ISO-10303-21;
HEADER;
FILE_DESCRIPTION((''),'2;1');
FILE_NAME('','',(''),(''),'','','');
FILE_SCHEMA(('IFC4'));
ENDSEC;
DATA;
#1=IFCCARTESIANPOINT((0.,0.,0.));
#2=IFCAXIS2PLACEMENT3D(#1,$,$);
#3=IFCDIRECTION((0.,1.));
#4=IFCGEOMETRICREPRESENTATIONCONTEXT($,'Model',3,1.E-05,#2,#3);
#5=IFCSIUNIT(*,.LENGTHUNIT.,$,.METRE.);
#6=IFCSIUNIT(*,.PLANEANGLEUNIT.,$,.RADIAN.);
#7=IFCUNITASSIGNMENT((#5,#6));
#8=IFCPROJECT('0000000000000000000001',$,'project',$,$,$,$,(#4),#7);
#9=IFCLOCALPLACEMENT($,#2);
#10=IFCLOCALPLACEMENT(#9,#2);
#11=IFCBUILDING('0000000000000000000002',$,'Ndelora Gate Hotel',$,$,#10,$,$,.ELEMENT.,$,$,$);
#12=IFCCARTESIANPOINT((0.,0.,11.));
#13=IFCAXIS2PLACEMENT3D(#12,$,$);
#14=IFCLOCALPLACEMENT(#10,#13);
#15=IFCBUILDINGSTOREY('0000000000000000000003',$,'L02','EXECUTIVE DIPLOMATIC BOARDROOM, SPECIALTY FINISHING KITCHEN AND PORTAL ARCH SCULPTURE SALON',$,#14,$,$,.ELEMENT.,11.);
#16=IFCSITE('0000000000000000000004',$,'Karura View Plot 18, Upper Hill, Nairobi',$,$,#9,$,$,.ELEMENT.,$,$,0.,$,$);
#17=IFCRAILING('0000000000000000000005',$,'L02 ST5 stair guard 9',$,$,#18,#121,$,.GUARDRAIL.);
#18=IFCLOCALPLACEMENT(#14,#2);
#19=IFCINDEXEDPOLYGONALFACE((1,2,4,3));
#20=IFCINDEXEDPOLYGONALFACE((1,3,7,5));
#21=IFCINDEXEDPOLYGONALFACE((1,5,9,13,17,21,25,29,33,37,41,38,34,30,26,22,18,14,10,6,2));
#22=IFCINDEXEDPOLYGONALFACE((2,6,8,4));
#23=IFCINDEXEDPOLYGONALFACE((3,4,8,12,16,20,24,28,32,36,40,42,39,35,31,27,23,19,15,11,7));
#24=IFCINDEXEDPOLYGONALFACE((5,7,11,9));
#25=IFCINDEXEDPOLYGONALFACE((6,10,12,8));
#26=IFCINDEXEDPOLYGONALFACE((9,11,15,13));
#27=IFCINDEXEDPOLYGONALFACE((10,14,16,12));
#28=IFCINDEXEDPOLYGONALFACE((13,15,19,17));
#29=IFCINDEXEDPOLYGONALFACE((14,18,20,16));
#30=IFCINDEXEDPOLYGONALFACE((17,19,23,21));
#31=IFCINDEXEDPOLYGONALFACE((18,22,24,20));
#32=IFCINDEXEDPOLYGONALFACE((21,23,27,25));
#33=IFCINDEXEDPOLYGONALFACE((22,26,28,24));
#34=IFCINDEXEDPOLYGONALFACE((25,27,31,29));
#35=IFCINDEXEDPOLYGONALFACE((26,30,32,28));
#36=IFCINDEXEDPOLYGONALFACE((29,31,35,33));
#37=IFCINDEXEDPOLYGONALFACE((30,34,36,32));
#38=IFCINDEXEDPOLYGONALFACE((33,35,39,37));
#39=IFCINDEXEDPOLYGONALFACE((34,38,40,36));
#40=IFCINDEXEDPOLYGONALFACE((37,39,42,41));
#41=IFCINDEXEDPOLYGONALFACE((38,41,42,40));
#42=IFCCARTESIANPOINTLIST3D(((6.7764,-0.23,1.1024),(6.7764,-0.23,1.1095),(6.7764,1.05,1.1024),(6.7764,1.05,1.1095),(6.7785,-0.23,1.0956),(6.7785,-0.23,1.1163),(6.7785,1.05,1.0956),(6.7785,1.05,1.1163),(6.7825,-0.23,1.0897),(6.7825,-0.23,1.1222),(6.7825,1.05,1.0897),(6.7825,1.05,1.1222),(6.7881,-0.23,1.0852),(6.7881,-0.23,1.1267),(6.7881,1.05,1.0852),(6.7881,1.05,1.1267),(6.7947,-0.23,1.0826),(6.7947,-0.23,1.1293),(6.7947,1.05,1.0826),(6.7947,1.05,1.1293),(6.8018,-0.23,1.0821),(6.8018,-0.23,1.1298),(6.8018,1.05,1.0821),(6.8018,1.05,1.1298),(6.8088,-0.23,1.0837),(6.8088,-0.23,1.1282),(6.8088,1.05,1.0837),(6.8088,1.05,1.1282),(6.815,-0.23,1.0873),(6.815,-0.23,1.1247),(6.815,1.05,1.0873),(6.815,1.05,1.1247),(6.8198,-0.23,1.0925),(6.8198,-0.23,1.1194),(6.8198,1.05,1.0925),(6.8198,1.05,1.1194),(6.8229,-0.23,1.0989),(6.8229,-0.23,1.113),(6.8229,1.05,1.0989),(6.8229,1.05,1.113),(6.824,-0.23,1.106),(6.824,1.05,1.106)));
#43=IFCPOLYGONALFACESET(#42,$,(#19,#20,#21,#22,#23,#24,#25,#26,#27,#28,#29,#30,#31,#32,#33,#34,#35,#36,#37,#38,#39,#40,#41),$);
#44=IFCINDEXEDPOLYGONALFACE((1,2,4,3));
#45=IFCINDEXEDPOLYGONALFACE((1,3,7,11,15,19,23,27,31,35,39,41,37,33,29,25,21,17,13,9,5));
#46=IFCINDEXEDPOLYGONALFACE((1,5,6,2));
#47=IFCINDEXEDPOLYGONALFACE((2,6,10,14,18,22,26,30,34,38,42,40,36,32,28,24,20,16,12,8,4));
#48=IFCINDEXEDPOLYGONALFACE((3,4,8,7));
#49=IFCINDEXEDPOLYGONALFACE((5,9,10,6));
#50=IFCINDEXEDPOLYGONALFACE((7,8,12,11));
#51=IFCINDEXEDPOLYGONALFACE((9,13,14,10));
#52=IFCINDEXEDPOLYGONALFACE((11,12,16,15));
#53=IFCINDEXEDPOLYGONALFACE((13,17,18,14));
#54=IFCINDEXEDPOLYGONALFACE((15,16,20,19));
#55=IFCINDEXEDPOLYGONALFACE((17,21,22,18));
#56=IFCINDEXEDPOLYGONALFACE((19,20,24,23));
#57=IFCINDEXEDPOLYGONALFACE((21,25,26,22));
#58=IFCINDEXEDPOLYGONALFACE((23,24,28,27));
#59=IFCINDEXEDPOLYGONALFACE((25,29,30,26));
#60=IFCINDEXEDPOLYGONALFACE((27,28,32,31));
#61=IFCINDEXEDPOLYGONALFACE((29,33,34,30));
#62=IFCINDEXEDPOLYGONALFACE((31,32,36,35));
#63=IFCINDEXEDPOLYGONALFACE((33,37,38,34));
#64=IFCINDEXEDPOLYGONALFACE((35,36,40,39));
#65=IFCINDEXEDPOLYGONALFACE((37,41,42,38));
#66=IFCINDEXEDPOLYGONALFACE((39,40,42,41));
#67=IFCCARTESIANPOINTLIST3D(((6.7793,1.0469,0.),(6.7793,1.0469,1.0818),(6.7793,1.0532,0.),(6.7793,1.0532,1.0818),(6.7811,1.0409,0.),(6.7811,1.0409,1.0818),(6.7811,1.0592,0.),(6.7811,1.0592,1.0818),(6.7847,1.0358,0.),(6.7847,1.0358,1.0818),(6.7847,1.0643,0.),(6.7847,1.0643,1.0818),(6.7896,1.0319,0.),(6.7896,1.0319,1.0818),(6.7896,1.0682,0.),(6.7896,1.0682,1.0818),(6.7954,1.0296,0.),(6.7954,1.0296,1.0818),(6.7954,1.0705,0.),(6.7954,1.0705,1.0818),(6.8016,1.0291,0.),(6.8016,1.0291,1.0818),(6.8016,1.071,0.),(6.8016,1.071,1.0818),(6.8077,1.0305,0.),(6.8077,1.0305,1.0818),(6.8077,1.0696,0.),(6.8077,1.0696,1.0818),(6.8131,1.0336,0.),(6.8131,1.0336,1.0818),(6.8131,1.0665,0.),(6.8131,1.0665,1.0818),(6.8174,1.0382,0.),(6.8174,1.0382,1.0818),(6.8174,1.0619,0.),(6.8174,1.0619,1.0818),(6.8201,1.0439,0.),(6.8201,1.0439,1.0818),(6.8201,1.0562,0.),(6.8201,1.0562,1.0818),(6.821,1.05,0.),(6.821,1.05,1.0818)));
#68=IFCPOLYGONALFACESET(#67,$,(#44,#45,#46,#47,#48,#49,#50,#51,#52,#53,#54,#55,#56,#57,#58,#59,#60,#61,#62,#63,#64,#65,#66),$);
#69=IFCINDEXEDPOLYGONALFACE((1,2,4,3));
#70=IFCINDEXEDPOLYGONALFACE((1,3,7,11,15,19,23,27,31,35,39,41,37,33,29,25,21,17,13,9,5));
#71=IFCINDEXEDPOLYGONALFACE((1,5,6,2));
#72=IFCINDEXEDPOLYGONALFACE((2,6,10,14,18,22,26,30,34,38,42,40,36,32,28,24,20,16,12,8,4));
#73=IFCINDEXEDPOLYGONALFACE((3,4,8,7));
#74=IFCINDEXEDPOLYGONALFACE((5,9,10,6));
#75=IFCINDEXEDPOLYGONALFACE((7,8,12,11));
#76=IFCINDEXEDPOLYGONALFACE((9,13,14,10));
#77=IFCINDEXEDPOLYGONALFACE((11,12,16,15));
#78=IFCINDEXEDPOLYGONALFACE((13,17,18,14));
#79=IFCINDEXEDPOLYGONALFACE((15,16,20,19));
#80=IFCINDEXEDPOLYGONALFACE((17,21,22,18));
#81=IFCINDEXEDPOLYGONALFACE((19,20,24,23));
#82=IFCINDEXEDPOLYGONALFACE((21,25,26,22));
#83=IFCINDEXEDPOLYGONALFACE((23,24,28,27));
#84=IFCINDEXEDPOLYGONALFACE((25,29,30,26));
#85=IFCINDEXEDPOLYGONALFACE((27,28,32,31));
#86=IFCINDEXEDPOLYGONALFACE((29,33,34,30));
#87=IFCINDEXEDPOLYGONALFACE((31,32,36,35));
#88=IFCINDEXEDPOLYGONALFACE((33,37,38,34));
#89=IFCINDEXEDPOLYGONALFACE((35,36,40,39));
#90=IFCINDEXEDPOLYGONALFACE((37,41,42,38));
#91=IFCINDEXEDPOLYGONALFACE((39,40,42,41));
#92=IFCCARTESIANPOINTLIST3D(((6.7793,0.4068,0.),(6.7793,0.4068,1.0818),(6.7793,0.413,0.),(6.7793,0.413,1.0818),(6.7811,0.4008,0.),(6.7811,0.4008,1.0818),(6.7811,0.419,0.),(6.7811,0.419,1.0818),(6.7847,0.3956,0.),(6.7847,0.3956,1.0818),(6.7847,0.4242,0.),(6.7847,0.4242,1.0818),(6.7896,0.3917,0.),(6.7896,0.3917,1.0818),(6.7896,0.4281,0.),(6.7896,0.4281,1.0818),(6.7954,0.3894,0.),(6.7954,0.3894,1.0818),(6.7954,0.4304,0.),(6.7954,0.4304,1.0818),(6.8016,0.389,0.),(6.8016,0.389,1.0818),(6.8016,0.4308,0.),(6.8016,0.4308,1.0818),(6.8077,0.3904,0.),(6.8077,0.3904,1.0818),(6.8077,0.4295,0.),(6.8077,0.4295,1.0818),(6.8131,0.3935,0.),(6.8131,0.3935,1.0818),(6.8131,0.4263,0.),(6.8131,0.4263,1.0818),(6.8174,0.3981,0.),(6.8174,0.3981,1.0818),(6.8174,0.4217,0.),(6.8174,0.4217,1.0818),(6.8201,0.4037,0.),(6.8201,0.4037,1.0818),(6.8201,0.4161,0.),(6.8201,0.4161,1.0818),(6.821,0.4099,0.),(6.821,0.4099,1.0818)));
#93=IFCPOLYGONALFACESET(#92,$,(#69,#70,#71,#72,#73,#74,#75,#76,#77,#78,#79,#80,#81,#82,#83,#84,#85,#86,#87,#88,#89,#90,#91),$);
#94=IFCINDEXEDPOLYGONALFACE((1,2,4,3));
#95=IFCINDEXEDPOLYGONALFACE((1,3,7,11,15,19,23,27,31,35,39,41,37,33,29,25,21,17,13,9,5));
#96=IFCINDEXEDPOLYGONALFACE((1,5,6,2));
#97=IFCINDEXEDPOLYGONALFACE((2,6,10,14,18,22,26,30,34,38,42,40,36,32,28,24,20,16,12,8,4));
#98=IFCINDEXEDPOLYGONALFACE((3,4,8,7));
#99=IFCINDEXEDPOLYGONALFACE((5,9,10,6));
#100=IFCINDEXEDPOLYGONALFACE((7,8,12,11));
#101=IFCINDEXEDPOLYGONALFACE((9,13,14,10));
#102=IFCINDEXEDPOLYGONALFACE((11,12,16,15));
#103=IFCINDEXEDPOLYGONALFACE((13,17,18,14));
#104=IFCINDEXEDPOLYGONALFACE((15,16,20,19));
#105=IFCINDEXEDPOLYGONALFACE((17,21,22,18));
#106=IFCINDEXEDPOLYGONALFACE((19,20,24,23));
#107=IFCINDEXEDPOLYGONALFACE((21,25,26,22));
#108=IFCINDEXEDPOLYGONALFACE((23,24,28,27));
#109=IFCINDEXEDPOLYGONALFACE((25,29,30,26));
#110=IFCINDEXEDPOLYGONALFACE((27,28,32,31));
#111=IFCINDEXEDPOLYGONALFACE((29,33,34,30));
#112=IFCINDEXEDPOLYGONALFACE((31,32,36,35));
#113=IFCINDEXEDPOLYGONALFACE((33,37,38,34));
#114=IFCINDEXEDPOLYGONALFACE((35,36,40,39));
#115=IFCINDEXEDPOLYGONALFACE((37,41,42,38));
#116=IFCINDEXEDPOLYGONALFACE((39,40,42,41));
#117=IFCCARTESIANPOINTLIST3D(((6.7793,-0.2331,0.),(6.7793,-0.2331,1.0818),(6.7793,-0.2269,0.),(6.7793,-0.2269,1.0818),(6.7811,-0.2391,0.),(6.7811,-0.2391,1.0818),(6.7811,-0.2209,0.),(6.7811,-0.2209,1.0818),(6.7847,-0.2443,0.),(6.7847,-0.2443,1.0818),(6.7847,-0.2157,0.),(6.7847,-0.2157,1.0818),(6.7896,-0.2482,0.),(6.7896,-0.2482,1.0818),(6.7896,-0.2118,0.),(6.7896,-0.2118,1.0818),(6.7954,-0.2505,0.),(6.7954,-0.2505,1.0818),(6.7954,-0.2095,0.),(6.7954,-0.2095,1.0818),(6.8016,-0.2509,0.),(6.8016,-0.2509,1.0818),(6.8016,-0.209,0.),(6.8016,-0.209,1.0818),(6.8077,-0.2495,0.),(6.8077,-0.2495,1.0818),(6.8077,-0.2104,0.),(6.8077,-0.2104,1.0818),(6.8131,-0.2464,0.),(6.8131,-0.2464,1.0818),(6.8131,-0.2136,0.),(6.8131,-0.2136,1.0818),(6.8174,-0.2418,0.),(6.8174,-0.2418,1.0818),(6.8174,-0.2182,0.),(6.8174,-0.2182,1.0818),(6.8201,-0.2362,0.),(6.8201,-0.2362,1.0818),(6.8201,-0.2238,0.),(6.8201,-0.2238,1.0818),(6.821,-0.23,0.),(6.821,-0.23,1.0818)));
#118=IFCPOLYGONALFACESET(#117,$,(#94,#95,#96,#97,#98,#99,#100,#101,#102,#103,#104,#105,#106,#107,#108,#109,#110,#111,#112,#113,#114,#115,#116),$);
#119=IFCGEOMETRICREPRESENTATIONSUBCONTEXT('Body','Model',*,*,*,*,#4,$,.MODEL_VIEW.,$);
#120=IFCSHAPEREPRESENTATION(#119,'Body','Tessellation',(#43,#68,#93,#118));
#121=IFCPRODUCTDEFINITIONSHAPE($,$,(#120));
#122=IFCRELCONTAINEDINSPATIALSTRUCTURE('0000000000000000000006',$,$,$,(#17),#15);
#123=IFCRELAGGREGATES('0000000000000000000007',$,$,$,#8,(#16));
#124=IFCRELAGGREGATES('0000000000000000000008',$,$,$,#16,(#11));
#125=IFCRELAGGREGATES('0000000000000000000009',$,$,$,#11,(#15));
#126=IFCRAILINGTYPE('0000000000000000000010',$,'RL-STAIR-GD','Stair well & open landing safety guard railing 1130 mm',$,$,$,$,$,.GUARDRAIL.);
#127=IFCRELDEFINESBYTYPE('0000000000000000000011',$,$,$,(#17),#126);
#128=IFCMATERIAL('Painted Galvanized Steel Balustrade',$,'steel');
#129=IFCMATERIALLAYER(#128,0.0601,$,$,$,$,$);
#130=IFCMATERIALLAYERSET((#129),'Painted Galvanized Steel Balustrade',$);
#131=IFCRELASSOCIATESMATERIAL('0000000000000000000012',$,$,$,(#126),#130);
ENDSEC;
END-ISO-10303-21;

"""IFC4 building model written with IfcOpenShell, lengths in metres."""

from ifc_helpers import new_model, si_unit, direction, frame, origin, origin_2d, place, context, subcontext, project, spatial, circle, extrude, material, layer, layer_set, type_object, element, save


model = new_model("IFC4")

# Units and contexts
model_context = context("Model", 3, precision=1e-05, world=origin(), true_north=direction((0.0, 1.0)))
body_context = subcontext(model_context, "Body", "Model", "MODEL_VIEW")
ifc_project = project(units=[si_unit("LENGTHUNIT", "METRE"), si_unit("PLANEANGLEUNIT", "RADIAN")], contexts=[model_context])

# Site, building, storey
site_placement = place(None, origin())
site = spatial("IfcSite", under=ifc_project, at=site_placement, Name="Karura View Plot 18, Upper Hill, Nairobi", CompositionType="ELEMENT", RefElevation=0.0)
building_placement = place(site_placement, origin())
building = spatial("IfcBuilding", under=site, at=building_placement, Name="Ndelora Gate Hotel", CompositionType="ELEMENT")
storey_placement = place(building_placement, frame((0.0, 0.0, 11.0)))
storey = spatial("IfcBuildingStorey", under=building, at=storey_placement, Name="L02", Description="EXECUTIVE DIPLOMATIC BOARDROOM, SPECIALTY FINISHING KITCHEN AND PORTAL ARCH SCULPTURE SALON", CompositionType="ELEMENT", Elevation=11.0)

# Railing
ifc_material_1 = material(Name="Painted Galvanized Steel Balustrade", Category="steel")
ifc_layer_1 = layer(ifc_material_1, 0.0601)
ifc_layer_set_1 = layer_set([ifc_layer_1], Name="Painted Galvanized Steel Balustrade")
railing_type_1 = type_object("IfcRailingType", Name="RL-STAIR-GD", Description="Stair well & open landing safety guard railing 1130 mm", PredefinedType="GUARDRAIL", material=ifc_layer_set_1)
for number, where, name in (
    (1, (6.8, 1.05, 0.0), "L02 ST5 stair guard 9"),
):
    element("IfcRailing", number, at=place(storey_placement, frame(where)), inside=storey, type_object=railing_type_1, Name=name, PredefinedType="GUARDRAIL", context=body_context, shape_type="SweptSolid", body=[
        extrude(circle(Radius=0.0239, at=origin_2d()), frame((0.0, 0.0, 1.106), z_axis=(0.0, -1.0, 0.0), x_axis=(1.0, 0.0, 0.0)), (0.0, 0.0, 1.0), 1.28),
        extrude(circle(Radius=0.021, at=origin_2d()), origin(), (0.0, 0.0, 1.0), 1.0818),
        extrude(circle(Radius=0.021, at=origin_2d()), frame((0.0, -0.6401, 0.0)), (0.0, 0.0, 1.0), 1.0818),
        extrude(circle(Radius=0.021, at=origin_2d()), frame((0.0, -1.28, 0.0)), (0.0, 0.0, 1.0), 1.0818),
    ])

save(model, "model.ifc")
